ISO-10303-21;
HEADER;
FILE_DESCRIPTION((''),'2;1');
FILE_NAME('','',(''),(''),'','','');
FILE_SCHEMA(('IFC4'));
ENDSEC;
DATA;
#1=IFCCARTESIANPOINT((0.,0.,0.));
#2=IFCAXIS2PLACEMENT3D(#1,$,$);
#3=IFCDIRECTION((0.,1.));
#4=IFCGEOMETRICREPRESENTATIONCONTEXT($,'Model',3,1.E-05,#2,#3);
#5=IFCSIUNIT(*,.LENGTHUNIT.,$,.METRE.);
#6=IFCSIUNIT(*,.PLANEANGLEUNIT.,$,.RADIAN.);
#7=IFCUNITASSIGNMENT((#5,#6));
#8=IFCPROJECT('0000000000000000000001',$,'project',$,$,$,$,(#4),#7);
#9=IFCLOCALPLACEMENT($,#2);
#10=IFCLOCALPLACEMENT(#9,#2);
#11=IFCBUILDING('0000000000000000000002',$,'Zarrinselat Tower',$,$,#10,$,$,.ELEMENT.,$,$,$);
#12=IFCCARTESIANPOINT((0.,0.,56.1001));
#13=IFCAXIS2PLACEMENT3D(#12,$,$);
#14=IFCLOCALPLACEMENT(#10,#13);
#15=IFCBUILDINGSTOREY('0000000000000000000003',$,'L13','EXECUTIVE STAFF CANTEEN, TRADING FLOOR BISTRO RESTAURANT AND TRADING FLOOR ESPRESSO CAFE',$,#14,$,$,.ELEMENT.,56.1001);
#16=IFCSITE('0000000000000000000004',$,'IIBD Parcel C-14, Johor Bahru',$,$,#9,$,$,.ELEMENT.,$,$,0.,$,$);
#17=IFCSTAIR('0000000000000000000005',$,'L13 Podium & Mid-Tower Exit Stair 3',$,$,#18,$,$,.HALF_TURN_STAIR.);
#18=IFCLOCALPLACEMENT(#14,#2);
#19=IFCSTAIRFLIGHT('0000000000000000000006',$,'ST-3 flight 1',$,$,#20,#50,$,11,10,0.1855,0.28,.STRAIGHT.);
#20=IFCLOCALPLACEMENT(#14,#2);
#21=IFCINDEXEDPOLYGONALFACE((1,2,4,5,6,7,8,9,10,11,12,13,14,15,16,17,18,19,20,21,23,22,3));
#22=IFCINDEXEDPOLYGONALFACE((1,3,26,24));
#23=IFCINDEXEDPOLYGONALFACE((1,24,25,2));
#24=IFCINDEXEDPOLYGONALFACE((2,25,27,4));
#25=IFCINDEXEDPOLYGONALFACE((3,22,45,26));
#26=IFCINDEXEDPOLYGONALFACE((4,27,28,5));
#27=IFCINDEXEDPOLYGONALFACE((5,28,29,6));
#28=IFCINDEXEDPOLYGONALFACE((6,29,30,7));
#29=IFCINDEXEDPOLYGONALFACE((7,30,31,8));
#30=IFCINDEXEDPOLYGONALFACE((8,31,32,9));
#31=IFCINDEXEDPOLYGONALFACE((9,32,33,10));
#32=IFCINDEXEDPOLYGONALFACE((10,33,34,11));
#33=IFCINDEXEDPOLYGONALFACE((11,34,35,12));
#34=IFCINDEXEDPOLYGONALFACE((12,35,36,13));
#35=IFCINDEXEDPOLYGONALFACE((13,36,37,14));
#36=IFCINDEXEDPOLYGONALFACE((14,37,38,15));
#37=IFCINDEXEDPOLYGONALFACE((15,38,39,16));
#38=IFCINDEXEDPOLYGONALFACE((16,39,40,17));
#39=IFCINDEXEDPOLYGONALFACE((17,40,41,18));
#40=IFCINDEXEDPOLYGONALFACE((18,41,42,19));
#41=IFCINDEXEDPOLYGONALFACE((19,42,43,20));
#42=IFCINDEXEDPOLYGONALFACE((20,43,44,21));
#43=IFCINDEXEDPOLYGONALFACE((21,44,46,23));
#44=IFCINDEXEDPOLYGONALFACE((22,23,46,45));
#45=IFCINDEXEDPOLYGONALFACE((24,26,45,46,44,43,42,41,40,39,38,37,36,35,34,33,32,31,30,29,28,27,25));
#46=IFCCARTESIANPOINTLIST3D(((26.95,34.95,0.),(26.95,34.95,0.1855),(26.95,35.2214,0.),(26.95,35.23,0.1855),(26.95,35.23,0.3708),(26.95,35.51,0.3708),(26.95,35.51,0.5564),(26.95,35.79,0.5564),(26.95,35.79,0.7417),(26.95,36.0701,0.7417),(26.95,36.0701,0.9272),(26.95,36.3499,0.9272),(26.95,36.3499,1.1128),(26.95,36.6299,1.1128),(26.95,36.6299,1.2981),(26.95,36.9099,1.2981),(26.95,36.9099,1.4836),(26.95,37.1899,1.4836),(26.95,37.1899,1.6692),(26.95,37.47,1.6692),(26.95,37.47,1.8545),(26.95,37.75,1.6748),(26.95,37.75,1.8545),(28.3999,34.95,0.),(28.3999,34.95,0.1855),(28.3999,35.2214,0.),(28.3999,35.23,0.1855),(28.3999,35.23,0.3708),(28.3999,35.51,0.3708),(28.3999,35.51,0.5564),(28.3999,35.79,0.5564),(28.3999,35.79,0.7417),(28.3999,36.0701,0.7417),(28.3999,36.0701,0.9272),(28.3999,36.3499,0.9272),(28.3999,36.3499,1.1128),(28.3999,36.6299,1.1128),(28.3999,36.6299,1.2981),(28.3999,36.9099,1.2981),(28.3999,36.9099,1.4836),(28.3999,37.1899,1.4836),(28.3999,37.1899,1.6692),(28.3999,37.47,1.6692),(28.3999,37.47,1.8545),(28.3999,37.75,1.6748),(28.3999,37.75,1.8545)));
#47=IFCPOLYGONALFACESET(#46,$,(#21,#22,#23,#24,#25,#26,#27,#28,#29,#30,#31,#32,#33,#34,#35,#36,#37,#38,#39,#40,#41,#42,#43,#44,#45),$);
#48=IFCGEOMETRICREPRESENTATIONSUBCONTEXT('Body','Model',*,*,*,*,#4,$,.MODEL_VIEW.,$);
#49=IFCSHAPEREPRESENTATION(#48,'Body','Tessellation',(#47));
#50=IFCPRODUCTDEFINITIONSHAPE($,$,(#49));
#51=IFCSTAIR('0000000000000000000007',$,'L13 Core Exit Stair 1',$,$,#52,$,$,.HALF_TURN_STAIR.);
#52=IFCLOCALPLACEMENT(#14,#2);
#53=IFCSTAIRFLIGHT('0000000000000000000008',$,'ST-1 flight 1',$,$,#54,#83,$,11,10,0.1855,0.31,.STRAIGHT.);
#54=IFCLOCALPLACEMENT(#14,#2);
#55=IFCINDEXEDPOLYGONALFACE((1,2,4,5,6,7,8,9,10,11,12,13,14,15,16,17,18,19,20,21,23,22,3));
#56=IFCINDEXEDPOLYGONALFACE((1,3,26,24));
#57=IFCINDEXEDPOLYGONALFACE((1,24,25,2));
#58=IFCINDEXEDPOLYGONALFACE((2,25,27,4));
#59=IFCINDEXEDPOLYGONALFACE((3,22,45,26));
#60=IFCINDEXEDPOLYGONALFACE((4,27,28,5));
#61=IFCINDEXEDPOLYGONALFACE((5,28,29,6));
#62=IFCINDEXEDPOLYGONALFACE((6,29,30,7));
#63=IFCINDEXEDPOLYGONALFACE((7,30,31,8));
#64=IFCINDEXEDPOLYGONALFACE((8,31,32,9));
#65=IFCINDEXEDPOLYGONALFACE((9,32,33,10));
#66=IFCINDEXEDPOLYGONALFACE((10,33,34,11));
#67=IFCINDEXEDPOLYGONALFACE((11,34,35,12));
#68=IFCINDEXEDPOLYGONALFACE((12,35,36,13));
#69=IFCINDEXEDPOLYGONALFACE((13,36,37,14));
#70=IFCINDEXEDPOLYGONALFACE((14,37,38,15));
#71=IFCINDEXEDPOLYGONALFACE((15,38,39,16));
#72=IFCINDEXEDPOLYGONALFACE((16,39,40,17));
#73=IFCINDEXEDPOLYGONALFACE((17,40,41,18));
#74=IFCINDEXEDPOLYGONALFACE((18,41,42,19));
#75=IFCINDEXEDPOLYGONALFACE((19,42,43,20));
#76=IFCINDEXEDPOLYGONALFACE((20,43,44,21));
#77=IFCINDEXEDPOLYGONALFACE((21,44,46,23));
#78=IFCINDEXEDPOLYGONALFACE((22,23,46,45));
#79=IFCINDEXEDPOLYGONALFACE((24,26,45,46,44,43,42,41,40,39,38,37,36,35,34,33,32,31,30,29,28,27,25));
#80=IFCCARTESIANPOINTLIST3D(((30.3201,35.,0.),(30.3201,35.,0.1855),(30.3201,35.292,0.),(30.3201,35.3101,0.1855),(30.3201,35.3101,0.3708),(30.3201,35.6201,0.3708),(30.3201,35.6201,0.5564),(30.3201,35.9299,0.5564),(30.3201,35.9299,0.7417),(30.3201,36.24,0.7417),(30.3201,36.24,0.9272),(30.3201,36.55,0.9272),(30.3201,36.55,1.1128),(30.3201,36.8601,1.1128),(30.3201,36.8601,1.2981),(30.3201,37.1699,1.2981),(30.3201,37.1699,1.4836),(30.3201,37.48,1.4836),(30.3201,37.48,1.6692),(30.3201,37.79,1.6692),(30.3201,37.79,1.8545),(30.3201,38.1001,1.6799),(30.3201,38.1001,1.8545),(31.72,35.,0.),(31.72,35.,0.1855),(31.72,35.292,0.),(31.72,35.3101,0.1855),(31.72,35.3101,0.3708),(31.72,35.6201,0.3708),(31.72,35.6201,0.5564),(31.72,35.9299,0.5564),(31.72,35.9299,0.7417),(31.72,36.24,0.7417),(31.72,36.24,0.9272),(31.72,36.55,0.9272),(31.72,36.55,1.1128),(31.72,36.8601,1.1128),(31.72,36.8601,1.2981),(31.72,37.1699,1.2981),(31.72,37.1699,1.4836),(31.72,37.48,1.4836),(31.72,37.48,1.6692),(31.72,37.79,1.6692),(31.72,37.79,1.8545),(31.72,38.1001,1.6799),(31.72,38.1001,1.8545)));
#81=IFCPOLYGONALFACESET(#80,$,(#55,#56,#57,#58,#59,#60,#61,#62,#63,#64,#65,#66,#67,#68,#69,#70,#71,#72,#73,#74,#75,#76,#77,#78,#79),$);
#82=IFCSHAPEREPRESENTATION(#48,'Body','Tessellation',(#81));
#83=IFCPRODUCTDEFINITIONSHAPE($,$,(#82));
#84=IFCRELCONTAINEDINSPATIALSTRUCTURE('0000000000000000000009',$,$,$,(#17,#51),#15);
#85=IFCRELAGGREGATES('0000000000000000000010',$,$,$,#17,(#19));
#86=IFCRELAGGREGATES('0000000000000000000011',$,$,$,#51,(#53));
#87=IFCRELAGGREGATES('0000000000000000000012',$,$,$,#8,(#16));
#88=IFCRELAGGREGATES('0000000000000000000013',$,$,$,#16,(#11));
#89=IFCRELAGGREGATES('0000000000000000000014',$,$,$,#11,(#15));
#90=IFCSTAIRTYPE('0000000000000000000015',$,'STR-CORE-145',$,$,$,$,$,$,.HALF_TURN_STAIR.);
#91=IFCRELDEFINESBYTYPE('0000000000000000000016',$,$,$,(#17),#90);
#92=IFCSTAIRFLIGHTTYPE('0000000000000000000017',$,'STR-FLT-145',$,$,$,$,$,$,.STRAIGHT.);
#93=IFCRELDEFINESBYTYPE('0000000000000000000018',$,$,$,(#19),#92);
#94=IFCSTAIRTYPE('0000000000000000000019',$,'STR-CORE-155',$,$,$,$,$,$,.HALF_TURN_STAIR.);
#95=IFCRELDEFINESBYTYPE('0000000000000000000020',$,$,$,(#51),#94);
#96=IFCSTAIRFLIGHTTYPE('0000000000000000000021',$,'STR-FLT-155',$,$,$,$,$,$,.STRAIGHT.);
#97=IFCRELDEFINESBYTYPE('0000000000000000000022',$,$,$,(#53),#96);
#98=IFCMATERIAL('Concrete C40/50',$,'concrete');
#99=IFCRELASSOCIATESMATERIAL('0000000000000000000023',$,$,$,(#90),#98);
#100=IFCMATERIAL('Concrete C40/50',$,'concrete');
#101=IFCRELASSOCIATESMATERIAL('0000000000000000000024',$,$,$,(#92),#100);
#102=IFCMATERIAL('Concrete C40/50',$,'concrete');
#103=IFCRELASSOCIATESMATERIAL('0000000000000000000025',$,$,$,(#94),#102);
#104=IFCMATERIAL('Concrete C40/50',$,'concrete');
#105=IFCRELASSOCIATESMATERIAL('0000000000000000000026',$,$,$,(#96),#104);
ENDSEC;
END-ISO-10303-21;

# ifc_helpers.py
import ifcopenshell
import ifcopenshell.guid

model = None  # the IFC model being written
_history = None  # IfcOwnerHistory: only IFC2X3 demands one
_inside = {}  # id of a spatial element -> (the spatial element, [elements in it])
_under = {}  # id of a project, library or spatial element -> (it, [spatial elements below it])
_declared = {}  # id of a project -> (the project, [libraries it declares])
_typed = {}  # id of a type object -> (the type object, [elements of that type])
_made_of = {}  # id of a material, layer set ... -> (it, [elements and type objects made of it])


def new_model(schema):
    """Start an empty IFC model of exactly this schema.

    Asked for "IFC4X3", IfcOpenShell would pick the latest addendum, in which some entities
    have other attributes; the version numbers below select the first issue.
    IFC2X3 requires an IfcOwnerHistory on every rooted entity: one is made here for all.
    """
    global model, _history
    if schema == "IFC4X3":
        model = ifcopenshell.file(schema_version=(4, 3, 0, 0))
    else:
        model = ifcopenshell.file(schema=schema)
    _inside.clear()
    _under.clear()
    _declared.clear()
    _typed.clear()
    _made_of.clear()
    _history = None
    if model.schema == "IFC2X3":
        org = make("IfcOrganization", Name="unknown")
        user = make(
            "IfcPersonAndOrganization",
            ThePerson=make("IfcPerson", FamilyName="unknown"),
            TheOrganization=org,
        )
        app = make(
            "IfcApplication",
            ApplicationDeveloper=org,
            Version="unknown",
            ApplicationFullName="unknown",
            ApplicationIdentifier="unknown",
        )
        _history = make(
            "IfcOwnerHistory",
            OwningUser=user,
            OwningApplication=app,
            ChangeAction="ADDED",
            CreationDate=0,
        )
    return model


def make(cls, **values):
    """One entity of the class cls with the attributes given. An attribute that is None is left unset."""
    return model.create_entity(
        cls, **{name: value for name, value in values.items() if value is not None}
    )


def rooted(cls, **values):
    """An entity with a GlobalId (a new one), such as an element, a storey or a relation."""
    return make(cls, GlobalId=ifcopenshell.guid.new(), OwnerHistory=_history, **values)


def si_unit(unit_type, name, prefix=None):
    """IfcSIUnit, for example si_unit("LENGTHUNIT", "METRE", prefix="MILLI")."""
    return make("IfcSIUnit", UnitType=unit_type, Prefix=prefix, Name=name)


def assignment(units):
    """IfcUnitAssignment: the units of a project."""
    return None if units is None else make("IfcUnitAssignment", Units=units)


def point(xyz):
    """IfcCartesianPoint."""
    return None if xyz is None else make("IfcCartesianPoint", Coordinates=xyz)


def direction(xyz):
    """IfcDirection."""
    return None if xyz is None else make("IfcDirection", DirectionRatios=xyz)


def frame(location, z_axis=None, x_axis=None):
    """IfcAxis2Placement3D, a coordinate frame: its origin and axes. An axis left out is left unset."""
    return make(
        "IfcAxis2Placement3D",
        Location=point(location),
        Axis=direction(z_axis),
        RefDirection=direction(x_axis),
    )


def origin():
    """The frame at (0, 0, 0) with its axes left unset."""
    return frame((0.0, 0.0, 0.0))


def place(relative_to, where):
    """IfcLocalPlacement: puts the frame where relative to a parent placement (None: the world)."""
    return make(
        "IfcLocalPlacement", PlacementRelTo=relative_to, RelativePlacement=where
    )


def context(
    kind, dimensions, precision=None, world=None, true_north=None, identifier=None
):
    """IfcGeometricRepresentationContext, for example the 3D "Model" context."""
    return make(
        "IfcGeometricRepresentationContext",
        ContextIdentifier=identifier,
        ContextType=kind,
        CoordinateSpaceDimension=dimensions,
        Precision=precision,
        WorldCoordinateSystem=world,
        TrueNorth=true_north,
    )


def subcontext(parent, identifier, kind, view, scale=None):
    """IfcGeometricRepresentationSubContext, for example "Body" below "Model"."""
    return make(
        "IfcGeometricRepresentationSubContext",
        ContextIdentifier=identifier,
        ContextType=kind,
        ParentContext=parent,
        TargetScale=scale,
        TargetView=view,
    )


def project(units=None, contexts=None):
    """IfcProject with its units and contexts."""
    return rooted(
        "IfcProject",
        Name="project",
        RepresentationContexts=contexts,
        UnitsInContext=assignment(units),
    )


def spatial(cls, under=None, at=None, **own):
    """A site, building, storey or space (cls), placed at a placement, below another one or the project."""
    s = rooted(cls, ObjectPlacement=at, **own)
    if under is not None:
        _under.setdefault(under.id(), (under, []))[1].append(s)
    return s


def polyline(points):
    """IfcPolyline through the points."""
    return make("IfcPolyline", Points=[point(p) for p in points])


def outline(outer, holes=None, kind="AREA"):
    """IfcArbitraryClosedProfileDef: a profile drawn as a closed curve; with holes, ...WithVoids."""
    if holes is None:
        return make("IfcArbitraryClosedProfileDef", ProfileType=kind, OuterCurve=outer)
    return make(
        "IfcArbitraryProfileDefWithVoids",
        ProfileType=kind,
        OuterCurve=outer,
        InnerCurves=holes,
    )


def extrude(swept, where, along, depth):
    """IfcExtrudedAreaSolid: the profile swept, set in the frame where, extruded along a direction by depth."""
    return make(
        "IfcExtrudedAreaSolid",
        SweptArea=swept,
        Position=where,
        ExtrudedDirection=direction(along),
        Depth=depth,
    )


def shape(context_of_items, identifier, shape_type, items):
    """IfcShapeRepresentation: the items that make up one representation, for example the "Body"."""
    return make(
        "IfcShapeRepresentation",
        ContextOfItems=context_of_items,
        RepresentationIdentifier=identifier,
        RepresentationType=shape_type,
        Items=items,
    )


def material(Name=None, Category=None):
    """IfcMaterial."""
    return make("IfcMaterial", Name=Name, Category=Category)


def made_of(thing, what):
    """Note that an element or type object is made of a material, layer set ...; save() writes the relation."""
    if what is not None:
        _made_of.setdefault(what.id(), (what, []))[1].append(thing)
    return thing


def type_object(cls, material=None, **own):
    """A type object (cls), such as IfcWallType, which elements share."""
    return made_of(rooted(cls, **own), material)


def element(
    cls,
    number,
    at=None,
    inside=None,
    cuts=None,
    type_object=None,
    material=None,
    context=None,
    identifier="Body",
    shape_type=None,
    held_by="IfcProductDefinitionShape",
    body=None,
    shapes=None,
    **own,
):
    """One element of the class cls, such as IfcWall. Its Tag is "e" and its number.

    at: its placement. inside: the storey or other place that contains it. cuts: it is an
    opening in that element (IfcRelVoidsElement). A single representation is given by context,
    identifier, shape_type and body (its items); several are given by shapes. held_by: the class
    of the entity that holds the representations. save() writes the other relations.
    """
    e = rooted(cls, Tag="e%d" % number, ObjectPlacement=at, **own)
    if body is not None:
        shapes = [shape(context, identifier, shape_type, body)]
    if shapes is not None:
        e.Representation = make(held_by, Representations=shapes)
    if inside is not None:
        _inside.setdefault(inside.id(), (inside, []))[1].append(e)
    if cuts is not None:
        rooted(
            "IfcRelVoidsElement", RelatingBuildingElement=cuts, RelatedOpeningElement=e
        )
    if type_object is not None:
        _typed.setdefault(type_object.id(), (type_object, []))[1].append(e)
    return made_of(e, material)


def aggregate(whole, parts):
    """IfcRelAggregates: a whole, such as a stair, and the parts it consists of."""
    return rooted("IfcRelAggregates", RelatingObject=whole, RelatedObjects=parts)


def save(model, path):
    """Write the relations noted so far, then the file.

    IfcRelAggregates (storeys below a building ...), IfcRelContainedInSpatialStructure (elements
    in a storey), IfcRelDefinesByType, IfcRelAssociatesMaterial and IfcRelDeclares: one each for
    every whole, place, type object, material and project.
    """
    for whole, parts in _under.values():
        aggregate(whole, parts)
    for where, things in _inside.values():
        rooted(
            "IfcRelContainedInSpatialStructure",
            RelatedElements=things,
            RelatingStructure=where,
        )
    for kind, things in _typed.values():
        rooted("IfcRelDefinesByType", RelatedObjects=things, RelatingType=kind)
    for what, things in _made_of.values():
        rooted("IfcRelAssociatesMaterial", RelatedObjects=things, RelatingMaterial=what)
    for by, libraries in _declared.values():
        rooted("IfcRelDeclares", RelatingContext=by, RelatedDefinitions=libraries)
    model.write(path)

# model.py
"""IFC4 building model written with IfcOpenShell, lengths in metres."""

from ifc_helpers import new_model, si_unit, direction, frame, origin, place, context, subcontext, project, spatial, polyline, outline, extrude, material, type_object, element, aggregate, save


model = new_model("IFC4")

# Units and contexts
model_context = context("Model", 3, precision=1e-05, world=origin(), true_north=direction((0.0, 1.0)))
body_context = subcontext(model_context, "Body", "Model", "MODEL_VIEW")
ifc_project = project(units=[si_unit("LENGTHUNIT", "METRE"), si_unit("PLANEANGLEUNIT", "RADIAN")], contexts=[model_context])

# Site, building, storey
site_placement = place(None, origin())
site = spatial("IfcSite", under=ifc_project, at=site_placement, Name="IIBD Parcel C-14, Johor Bahru", CompositionType="ELEMENT", RefElevation=0.0)
building_placement = place(site_placement, origin())
building = spatial("IfcBuilding", under=site, at=building_placement, Name="Zarrinselat Tower", CompositionType="ELEMENT")
storey_placement = place(building_placement, frame((0.0, 0.0, 56.1001)))
storey = spatial("IfcBuildingStorey", under=building, at=storey_placement, Name="L13", Description="EXECUTIVE STAFF CANTEEN, TRADING FLOOR BISTRO RESTAURANT AND TRADING FLOOR ESPRESSO CAFE", CompositionType="ELEMENT", Elevation=56.1001)

# Stairs, stair flights
ifc_material_1 = material(Name="Concrete C40/50", Category="concrete")
stair_type_1 = type_object("IfcStairType", Name="STR-CORE-145", PredefinedType="HALF_TURN_STAIR", material=ifc_material_1)
stair_1_placement = place(storey_placement, origin())
stair_1 = element("IfcStair", 1, at=stair_1_placement, inside=storey, type_object=stair_type_1, Name="L13 Podium & Mid-Tower Exit Stair 3", PredefinedType="HALF_TURN_STAIR")
ifc_material_2 = material(Name="Concrete C40/50", Category="concrete")
stair_flight_type_1 = type_object("IfcStairFlightType", Name="STR-FLT-145", PredefinedType="STRAIGHT", material=ifc_material_2)
stair_flight_1_placement = place(storey_placement, frame((27.675, 34.95, 0.0), z_axis=(0.0, 0.0, 1.0), x_axis=(0.0, 1.0, 0.0)))
stair_flight_1 = element("IfcStairFlight", 2, at=stair_flight_1_placement, type_object=stair_flight_type_1, Name="ST-3 flight 1", NumberOfRisers=11, NumberOfTreads=10, PredefinedType="STRAIGHT", RiserHeight=0.1855, TreadLength=0.28, context=body_context, shape_type="SweptSolid", body=[
    extrude(outline(polyline([(0.0, 0.0), (0.0, 0.1855), (0.28, 0.1855), (0.28, 0.3708), (0.5601, 0.3708), (0.5601, 0.5564), (0.8401, 0.5564), (0.8401, 0.7417), (1.1201, 0.7417), (1.1201, 0.9272), (1.3999, 0.9272), (1.3999, 1.1128), (1.6799, 1.1128), (1.6799, 1.2981), (1.96, 1.2981), (1.96, 1.4836), (2.24, 1.4836), (2.24, 1.6692), (2.52, 1.6692), (2.52, 1.8545), (2.8, 1.8545), (2.8, 2.04), (2.8, 1.6748), (0.2715, 0.0), (0.0, 0.0)])), frame((0.0, 0.7251, 0.0), z_axis=(0.0, -1.0, 0.0), x_axis=(1.0, 0.0, 0.0)), (0.0, 0.0, 1.0), 1.45),
])
aggregate(stair_1, [stair_flight_1])
ifc_material_3 = material(Name="Concrete C40/50", Category="concrete")
stair_type_2 = type_object("IfcStairType", Name="STR-CORE-155", PredefinedType="HALF_TURN_STAIR", material=ifc_material_3)
stair_2_placement = place(storey_placement, origin())
stair_2 = element("IfcStair", 3, at=stair_2_placement, inside=storey, type_object=stair_type_2, Name="L13 Core Exit Stair 1", PredefinedType="HALF_TURN_STAIR")
ifc_material_4 = material(Name="Concrete C40/50", Category="concrete")
stair_flight_type_2 = type_object("IfcStairFlightType", Name="STR-FLT-155", PredefinedType="STRAIGHT", material=ifc_material_4)
stair_flight_2_placement = place(storey_placement, frame((31.02, 35.0, 0.0), z_axis=(0.0, 0.0, 1.0), x_axis=(0.0, 1.0, 0.0)))
stair_flight_2 = element("IfcStairFlight", 4, at=stair_flight_2_placement, type_object=stair_flight_type_2, Name="ST-1 flight 1", NumberOfRisers=11, NumberOfTreads=10, PredefinedType="STRAIGHT", RiserHeight=0.1855, TreadLength=0.31, context=body_context, shape_type="SweptSolid", body=[
    extrude(outline(polyline([(0.0, 0.0), (0.0, 0.1855), (0.3101, 0.1855), (0.3101, 0.3708), (0.6201, 0.3708), (0.6201, 0.5564), (0.9299, 0.5564), (0.9299, 0.7417), (1.24, 0.7417), (1.24, 0.9272), (1.55, 0.9272), (1.55, 1.1128), (1.8601, 1.1128), (1.8601, 1.2981), (2.1699, 1.2981), (2.1699, 1.4836), (2.48, 1.4836), (2.48, 1.6692), (2.79, 1.6692), (2.79, 1.8545), (3.1001, 1.8545), (3.1001, 2.04), (3.1001, 1.6799), (0.292, 0.0), (0.0, 0.0)])), frame((0.0, 0.7, 0.0), z_axis=(0.0, -1.0, 0.0), x_axis=(1.0, 0.0, 0.0)), (0.0, 0.0, 1.0), 1.3999),
])
aggregate(stair_2, [stair_flight_2])

save(model, "model.ifc")
